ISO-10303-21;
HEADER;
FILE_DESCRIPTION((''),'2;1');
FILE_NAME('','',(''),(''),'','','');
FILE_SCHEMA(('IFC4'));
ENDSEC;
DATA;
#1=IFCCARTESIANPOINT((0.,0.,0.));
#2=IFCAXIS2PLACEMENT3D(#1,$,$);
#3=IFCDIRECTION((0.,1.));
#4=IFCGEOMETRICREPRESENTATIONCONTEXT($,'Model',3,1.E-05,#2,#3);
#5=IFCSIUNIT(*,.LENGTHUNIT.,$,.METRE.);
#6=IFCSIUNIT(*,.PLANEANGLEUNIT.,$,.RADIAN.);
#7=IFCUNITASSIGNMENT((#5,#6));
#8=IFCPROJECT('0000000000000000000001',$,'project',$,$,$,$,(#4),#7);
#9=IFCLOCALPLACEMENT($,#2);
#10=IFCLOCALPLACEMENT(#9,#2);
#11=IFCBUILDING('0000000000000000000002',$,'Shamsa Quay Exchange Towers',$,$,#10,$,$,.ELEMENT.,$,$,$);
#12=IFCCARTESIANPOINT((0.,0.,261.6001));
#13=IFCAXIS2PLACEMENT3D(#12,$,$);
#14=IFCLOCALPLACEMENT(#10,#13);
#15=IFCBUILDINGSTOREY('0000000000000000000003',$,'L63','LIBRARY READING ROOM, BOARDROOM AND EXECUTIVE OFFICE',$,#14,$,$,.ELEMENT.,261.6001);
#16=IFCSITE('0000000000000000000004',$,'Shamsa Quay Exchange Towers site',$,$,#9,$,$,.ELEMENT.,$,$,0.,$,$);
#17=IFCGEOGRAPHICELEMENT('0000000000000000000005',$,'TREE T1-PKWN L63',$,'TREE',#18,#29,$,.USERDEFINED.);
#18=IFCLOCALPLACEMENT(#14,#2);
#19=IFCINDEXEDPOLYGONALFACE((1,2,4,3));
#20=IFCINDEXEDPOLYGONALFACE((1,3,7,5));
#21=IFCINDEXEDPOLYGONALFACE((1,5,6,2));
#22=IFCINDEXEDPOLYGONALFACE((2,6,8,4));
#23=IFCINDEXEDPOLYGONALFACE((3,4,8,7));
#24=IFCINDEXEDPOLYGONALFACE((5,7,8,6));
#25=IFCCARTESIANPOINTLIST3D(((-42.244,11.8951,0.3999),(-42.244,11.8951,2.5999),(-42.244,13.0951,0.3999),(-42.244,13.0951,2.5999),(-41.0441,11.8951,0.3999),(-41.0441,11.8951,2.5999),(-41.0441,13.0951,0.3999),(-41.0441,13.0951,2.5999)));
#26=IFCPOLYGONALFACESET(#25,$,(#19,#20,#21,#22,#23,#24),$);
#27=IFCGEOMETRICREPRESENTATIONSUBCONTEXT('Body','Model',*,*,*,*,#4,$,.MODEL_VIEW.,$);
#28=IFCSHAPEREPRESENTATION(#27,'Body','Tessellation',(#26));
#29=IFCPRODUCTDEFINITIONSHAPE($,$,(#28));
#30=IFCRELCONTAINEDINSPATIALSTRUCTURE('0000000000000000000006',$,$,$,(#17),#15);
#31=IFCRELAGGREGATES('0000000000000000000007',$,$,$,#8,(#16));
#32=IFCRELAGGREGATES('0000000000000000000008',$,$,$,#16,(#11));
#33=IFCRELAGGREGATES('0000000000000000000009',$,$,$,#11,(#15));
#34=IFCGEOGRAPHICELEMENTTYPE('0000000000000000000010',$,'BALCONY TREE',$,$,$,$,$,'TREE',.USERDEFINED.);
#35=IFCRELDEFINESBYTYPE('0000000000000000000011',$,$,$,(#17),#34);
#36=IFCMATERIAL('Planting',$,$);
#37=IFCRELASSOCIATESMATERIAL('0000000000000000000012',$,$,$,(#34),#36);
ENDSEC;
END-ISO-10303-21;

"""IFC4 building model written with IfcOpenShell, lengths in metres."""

from ifc_helpers import new_model, si_unit, direction, frame, origin, origin_2d, place, context, subcontext, project, spatial, rectangle, extrude, material, type_object, element, save


model = new_model("IFC4")

# Units and contexts
model_context = context("Model", 3, precision=1e-05, world=origin(), true_north=direction((0.0, 1.0)))
body_context = subcontext(model_context, "Body", "Model", "MODEL_VIEW")
ifc_project = project(units=[si_unit("LENGTHUNIT", "METRE"), si_unit("PLANEANGLEUNIT", "RADIAN")], contexts=[model_context])

# Site, building, storey
site_placement = place(None, origin())
site = spatial("IfcSite", under=ifc_project, at=site_placement, Name="Shamsa Quay Exchange Towers site", CompositionType="ELEMENT", RefElevation=0.0)
building_placement = place(site_placement, origin())
building = spatial("IfcBuilding", under=site, at=building_placement, Name="Shamsa Quay Exchange Towers", CompositionType="ELEMENT")
storey_placement = place(building_placement, frame((0.0, 0.0, 261.6001)))
storey = spatial("IfcBuildingStorey", under=building, at=storey_placement, Name="L63", Description="LIBRARY READING ROOM, BOARDROOM AND EXECUTIVE OFFICE", CompositionType="ELEMENT", Elevation=261.6001)

# Geographic element
ifc_material_1 = material(Name="Planting")
geographic_element_type = type_object("IfcGeographicElementType", Name="BALCONY TREE", ElementType="TREE", PredefinedType="USERDEFINED", material=ifc_material_1)
geographic_element_placement = place(storey_placement, frame((-41.644, 12.4951, 0.3999), z_axis=(0.0, 0.0, 1.0), x_axis=(-1.0, 0.0, 0.0)))
element("IfcGeographicElement", 1, at=geographic_element_placement, inside=storey, type_object=geographic_element_type, Name="TREE T1-PKWN L63", ObjectType="TREE", PredefinedType="USERDEFINED", context=body_context, shape_type="SweptSolid", body=[
    extrude(rectangle(XDim=1.2, YDim=1.2, at=origin_2d()), origin(), (0.0, 0.0, 1.0), 2.2),
])

save(model, "model.ifc")
